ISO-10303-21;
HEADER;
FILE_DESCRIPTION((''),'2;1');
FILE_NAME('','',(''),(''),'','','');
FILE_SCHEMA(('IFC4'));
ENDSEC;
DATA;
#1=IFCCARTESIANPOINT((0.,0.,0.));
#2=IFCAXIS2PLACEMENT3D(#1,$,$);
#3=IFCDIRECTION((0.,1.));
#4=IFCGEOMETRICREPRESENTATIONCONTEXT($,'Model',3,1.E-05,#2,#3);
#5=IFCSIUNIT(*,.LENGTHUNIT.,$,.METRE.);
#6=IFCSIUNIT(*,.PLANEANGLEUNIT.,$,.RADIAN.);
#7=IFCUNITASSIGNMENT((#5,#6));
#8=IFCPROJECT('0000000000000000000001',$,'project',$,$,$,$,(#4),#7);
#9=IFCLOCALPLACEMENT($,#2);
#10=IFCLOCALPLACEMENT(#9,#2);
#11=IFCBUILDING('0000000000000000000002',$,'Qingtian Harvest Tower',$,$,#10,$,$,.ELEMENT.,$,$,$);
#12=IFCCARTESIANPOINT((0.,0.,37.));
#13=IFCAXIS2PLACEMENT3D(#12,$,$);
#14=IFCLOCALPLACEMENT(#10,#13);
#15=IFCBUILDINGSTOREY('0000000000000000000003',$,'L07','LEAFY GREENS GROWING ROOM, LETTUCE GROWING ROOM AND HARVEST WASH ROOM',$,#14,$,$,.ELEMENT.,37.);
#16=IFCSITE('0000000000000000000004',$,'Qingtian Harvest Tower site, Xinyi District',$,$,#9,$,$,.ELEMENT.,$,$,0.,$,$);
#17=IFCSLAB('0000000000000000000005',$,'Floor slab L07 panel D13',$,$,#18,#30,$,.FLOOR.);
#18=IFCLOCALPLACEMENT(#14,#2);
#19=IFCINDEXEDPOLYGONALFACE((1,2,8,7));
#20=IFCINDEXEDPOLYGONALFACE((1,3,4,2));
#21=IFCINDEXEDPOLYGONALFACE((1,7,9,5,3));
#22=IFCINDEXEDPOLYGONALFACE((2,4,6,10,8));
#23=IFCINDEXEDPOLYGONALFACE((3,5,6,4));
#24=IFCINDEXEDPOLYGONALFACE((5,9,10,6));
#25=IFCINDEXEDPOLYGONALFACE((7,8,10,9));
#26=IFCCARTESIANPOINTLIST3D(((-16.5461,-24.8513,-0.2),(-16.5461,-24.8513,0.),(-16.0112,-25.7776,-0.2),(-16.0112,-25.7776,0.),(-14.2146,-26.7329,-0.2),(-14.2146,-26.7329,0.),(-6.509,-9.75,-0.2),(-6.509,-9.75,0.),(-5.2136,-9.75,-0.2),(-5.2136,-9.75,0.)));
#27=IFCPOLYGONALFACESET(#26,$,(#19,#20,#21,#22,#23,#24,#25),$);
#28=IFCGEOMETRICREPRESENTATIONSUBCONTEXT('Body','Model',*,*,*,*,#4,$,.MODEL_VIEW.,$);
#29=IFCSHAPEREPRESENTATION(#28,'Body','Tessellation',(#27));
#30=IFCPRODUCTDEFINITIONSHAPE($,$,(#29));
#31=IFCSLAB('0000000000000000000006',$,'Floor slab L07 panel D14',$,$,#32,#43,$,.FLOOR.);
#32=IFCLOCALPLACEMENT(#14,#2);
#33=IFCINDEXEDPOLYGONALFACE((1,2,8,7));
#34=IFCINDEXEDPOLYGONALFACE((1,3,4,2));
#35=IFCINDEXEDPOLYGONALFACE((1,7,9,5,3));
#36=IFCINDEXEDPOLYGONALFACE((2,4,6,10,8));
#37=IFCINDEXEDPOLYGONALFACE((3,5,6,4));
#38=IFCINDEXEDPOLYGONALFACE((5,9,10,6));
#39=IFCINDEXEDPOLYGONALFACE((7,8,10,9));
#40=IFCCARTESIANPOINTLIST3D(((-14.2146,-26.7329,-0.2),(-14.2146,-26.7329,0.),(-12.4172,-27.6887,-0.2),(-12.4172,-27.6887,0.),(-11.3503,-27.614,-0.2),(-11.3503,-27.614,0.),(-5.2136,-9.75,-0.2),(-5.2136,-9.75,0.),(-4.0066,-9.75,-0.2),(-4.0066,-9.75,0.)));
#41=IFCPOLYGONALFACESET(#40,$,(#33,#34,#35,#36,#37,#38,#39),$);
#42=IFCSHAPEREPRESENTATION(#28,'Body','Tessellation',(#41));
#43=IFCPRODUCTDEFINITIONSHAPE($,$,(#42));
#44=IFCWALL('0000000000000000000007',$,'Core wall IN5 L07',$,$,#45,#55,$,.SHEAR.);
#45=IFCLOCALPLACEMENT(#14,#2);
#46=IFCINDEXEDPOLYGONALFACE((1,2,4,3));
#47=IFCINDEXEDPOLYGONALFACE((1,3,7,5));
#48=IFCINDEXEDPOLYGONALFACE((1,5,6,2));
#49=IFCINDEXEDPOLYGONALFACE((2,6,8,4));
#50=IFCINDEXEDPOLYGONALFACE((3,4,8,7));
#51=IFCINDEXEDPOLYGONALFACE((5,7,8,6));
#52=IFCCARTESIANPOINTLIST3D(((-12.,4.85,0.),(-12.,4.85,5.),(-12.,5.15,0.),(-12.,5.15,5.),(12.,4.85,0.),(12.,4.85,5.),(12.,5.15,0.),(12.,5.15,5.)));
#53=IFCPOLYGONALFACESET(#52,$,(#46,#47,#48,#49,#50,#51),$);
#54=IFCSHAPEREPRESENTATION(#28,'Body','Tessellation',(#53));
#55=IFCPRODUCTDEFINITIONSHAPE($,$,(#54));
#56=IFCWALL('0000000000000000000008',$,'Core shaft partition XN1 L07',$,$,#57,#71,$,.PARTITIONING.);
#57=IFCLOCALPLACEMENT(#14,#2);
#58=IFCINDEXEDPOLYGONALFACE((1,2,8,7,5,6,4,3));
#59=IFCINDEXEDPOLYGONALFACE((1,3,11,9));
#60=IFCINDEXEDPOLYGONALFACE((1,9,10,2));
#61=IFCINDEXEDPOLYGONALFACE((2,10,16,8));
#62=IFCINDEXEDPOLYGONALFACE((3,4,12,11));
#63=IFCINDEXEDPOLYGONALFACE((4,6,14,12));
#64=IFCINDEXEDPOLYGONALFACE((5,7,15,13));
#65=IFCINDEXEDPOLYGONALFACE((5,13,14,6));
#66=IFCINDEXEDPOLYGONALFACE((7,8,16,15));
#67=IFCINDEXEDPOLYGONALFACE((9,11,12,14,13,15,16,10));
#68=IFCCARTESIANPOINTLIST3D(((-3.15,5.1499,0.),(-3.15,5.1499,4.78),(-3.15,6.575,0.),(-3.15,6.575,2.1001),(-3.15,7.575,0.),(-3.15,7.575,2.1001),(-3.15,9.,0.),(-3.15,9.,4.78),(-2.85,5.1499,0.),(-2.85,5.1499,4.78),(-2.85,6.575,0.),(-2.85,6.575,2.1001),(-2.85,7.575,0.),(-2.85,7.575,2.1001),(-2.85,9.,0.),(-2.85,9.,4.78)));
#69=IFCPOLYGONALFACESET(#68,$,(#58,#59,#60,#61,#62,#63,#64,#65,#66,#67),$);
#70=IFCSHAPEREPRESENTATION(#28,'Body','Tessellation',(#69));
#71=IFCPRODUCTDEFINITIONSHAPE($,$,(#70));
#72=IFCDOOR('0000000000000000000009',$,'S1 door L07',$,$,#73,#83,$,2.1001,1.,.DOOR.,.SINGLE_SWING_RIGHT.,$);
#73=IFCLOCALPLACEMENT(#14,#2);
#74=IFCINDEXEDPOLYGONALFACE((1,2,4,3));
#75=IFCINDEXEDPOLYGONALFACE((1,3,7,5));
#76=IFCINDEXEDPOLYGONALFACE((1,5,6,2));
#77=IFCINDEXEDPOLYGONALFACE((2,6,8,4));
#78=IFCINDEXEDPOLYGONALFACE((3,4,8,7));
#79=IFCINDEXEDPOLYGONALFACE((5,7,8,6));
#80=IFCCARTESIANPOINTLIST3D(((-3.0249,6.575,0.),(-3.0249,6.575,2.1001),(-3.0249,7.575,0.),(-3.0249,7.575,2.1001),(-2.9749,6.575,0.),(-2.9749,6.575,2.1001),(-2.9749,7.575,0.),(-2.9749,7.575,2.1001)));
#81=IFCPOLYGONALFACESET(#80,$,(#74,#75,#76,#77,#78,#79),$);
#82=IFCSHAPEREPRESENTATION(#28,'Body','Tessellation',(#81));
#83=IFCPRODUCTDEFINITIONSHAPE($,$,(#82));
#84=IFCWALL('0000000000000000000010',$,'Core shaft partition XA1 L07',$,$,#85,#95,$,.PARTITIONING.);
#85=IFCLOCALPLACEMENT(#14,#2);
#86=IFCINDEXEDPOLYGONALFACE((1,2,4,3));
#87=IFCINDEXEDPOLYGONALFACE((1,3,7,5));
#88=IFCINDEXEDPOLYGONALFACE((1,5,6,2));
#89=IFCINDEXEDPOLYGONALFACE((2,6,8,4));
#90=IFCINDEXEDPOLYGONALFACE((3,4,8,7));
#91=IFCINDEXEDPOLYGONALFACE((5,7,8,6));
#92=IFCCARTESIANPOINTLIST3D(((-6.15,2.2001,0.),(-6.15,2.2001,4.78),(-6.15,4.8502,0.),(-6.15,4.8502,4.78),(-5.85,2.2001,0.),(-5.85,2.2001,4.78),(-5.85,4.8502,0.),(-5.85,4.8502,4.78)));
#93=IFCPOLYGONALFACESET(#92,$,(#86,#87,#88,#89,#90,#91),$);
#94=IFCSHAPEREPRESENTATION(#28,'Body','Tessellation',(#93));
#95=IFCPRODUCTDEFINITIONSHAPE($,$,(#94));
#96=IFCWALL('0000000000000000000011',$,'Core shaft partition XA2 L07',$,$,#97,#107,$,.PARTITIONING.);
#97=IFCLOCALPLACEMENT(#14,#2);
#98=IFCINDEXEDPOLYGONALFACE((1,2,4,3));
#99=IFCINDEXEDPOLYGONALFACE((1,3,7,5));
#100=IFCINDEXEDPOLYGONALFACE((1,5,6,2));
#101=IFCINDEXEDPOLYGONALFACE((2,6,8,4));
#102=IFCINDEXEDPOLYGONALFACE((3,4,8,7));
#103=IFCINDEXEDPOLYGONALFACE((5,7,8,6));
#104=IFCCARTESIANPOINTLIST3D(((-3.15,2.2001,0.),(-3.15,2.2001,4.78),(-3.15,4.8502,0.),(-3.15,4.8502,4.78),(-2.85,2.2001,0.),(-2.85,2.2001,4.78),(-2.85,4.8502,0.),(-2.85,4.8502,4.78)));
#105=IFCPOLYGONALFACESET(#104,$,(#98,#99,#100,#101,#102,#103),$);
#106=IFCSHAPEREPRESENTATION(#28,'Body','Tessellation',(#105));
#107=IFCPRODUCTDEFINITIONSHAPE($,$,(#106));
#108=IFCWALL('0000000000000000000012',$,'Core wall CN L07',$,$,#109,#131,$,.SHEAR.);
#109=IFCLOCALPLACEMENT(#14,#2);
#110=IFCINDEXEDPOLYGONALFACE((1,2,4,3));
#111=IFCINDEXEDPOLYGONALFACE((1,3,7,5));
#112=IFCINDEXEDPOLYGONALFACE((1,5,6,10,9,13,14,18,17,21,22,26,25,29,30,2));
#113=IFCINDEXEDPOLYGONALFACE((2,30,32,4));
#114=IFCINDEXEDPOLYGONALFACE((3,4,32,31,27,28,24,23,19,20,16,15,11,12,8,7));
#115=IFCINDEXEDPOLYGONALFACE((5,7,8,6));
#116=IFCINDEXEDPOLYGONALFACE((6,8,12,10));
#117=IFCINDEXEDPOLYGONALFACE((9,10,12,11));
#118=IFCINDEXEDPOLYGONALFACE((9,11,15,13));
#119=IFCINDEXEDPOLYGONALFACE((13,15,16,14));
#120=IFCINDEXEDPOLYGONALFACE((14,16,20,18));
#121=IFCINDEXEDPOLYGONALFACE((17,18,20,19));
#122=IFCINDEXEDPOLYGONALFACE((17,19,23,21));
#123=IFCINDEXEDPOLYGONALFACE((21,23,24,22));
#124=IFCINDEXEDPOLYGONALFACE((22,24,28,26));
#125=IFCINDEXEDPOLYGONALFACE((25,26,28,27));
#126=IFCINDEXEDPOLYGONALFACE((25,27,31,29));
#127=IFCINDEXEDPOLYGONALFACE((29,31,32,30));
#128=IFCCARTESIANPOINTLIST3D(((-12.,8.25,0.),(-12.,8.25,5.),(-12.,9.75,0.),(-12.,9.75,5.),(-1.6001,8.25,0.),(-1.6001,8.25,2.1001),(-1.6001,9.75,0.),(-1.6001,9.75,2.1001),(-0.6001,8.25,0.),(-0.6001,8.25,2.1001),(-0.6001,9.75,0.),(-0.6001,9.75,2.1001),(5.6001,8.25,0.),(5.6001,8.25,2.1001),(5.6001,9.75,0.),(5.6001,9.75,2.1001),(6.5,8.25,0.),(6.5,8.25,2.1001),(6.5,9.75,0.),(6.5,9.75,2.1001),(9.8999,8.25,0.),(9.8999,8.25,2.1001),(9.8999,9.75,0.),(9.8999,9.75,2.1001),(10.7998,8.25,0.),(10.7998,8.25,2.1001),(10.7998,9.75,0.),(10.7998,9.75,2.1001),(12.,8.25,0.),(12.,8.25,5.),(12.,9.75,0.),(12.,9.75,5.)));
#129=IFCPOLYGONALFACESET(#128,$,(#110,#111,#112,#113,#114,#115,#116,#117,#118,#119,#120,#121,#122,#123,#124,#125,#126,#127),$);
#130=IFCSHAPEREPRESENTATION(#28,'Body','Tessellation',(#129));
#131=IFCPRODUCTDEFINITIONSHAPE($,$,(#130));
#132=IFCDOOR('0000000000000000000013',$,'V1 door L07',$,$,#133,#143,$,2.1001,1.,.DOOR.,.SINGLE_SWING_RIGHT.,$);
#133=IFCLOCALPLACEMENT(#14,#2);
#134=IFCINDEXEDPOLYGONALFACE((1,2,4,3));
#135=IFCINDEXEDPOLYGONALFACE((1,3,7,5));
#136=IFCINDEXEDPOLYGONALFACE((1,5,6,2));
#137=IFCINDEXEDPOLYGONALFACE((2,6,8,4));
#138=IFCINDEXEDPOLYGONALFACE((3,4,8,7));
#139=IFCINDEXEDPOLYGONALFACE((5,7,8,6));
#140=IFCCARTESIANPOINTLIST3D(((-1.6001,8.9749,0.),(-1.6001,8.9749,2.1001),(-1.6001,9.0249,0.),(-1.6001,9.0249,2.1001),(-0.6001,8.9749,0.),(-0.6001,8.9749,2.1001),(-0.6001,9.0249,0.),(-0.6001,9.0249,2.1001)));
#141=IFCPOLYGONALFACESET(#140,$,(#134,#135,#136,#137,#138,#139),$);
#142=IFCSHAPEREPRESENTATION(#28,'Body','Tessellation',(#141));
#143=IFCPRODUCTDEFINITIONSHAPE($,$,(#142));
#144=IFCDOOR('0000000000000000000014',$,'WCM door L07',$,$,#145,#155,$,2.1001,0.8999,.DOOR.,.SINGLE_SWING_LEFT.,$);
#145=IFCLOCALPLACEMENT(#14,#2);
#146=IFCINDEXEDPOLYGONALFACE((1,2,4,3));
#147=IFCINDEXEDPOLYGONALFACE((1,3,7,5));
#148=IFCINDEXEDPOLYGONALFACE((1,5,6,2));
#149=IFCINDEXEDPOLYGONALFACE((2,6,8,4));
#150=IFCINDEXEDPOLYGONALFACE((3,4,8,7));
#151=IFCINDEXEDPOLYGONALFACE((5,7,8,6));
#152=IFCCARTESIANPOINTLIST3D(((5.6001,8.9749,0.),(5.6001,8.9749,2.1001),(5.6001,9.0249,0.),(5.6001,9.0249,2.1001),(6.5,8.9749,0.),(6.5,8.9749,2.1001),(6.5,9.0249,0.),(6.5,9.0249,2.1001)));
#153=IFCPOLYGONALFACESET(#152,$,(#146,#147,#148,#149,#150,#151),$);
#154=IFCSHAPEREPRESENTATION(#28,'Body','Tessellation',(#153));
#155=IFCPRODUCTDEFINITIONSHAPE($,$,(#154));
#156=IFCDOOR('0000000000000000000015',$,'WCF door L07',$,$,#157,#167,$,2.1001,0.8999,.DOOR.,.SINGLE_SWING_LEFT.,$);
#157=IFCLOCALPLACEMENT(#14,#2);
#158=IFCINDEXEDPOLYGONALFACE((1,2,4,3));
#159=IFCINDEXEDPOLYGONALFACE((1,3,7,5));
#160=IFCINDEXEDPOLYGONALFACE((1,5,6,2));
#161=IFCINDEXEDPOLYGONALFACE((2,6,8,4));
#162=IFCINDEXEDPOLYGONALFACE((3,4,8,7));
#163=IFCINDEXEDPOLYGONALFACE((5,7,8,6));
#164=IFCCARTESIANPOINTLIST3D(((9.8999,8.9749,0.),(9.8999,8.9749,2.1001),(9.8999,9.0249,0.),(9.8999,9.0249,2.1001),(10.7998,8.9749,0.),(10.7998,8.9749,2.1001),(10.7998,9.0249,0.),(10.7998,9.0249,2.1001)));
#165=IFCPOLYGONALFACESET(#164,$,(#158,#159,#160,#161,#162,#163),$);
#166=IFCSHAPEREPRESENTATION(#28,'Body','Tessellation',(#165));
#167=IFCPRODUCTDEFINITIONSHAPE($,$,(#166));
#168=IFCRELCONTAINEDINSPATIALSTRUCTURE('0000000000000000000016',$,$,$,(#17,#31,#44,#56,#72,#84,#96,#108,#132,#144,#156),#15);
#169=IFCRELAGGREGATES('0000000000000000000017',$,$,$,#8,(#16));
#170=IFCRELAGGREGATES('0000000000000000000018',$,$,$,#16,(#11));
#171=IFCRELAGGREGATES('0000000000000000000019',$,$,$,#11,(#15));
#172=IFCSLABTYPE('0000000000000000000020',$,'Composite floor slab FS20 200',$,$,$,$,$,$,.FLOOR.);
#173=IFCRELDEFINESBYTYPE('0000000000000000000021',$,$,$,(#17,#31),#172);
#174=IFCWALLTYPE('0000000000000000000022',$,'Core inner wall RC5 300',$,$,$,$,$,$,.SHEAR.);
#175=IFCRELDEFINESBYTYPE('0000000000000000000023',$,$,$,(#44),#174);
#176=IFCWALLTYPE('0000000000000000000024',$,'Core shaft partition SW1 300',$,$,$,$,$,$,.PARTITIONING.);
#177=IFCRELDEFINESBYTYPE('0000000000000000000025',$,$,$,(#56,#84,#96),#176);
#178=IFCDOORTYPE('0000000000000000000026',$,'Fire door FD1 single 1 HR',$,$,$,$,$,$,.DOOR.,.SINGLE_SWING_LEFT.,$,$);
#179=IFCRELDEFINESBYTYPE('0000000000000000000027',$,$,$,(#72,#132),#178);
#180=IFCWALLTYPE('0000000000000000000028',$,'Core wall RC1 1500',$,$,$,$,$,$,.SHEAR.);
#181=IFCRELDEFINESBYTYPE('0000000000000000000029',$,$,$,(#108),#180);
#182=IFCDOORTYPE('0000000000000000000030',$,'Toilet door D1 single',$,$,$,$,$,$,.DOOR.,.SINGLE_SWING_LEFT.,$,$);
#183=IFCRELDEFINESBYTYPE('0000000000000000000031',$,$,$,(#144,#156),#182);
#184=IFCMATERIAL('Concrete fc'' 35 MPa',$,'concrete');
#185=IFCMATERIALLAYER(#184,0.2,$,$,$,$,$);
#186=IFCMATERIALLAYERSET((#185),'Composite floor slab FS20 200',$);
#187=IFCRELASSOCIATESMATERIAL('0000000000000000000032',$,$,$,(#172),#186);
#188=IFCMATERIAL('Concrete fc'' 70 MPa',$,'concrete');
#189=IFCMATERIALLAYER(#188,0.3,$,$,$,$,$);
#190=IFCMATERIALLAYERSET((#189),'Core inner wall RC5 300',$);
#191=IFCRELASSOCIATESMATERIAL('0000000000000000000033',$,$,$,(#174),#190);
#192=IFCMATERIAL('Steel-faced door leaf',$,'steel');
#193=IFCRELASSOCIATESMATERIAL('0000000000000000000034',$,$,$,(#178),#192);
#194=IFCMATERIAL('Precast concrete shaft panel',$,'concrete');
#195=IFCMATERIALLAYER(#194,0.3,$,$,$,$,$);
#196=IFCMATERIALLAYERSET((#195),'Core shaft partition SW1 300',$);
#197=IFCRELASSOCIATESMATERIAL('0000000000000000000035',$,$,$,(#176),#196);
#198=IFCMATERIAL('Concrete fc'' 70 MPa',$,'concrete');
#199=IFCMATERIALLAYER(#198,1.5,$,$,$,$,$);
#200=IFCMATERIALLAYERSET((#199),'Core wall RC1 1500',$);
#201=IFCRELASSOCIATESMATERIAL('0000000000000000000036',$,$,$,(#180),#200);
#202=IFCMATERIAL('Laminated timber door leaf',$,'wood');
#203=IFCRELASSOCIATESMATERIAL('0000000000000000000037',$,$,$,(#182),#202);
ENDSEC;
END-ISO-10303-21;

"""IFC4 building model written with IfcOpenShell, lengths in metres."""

from ifc_helpers import new_model, si_unit, direction, frame, frame_2d, origin, place, context, subcontext, project, spatial, polyline, rectangle, outline, extrude, material, layer, layer_set, type_object, element, fill, save


model = new_model("IFC4")

# Units and contexts
model_context = context("Model", 3, precision=1e-05, world=origin(), true_north=direction((0.0, 1.0)))
body_context = subcontext(model_context, "Body", "Model", "MODEL_VIEW")
ifc_project = project(units=[si_unit("LENGTHUNIT", "METRE"), si_unit("PLANEANGLEUNIT", "RADIAN")], contexts=[model_context])

# Site, building, storey
site_placement = place(None, origin())
site = spatial("IfcSite", under=ifc_project, at=site_placement, Name="Qingtian Harvest Tower site, Xinyi District", CompositionType="ELEMENT", RefElevation=0.0)
building_placement = place(site_placement, origin())
building = spatial("IfcBuilding", under=site, at=building_placement, Name="Qingtian Harvest Tower", CompositionType="ELEMENT")
storey_placement = place(building_placement, frame((0.0, 0.0, 37.0)))
storey = spatial("IfcBuildingStorey", under=building, at=storey_placement, Name="L07", Description="LEAFY GREENS GROWING ROOM, LETTUCE GROWING ROOM AND HARVEST WASH ROOM", CompositionType="ELEMENT", Elevation=37.0)

# Slabs
ifc_material_1 = material(Name="Concrete fc' 35 MPa", Category="concrete")
ifc_layer_1 = layer(ifc_material_1, 0.2)
ifc_layer_set_1 = layer_set([ifc_layer_1], Name="Composite floor slab FS20 200")
slab_type = type_object("IfcSlabType", Name="Composite floor slab FS20 200", PredefinedType="FLOOR", material=ifc_layer_set_1)
slab_1_placement = place(storey_placement, frame((0.0, 0.0, -0.2)))
element("IfcSlab", 1, at=slab_1_placement, inside=storey, type_object=slab_type, Name="Floor slab L07 panel D13", PredefinedType="FLOOR", context=body_context, shape_type="SweptSolid", body=[
    extrude(outline(polyline([(-6.509, -9.75), (-5.2136, -9.75), (-14.2146, -26.7329), (-16.0112, -25.7776), (-16.5461, -24.8513), (-6.509, -9.75)])), origin(), (0.0, 0.0, 1.0), 0.2),
])
slab_2_placement = place(storey_placement, frame((0.0, 0.0, -0.2)))
element("IfcSlab", 2, at=slab_2_placement, inside=storey, type_object=slab_type, Name="Floor slab L07 panel D14", PredefinedType="FLOOR", context=body_context, shape_type="SweptSolid", body=[
    extrude(outline(polyline([(-5.2136, -9.75), (-4.0066, -9.75), (-11.3503, -27.614), (-12.4172, -27.6887), (-14.2146, -26.7329), (-5.2136, -9.75)])), origin(), (0.0, 0.0, 1.0), 0.2),
])

# Wall
ifc_material_2 = material(Name="Concrete fc' 70 MPa", Category="concrete")
ifc_layer_2 = layer(ifc_material_2, 0.3)
ifc_layer_set_2 = layer_set([ifc_layer_2], Name="Core inner wall RC5 300")
wall_type_1 = type_object("IfcWallType", Name="Core inner wall RC5 300", PredefinedType="SHEAR", material=ifc_layer_set_2)
wall_1_placement = place(storey_placement, frame((-12.0, 5.0, 0.0), z_axis=(0.0, 0.0, 1.0), x_axis=(1.0, 0.0, 0.0)))
element("IfcWall", 3, at=wall_1_placement, inside=storey, type_object=wall_type_1, Name="Core wall IN5 L07", PredefinedType="SHEAR", context=body_context, shape_type="SweptSolid", body=[
    extrude(rectangle(XDim=24.0, YDim=0.3, at=frame_2d((12.0, 0.0))), origin(), (0.0, 0.0, 1.0), 5.0),
])

# Shared definitions
ifc_material_3 = material(Name="Steel-faced door leaf", Category="steel")
door_type_1 = type_object("IfcDoorType", Name="Fire door FD1 single 1 HR", OperationType="SINGLE_SWING_LEFT", PredefinedType="DOOR", material=ifc_material_3)

# Wall, opening, door
ifc_material_4 = material(Name="Precast concrete shaft panel", Category="concrete")
ifc_layer_3 = layer(ifc_material_4, 0.3)
ifc_layer_set_3 = layer_set([ifc_layer_3], Name="Core shaft partition SW1 300")
wall_type_2 = type_object("IfcWallType", Name="Core shaft partition SW1 300", PredefinedType="PARTITIONING", material=ifc_layer_set_3)
wall_2_placement = place(storey_placement, frame((-3.0, 5.1499, 0.0), z_axis=(0.0, 0.0, 1.0), x_axis=(0.0, 1.0, 0.0)))
wall_2 = element("IfcWall", 4, at=wall_2_placement, inside=storey, type_object=wall_type_2, Name="Core shaft partition XN1 L07", PredefinedType="PARTITIONING", context=body_context, shape_type="SweptSolid", body=[
    extrude(rectangle(XDim=3.8501, YDim=0.3, at=frame_2d((1.925, 0.0))), origin(), (0.0, 0.0, 1.0), 4.78),
])
opening_1_placement = place(wall_2_placement, frame((1.425, 0.0, 0.0)))
opening_1 = element("IfcOpeningElement", 5, at=opening_1_placement, cuts=wall_2, PredefinedType="OPENING", context=body_context, shape_type="SweptSolid", body=[
    extrude(rectangle(XDim=1.0, YDim=2.1001, at=frame_2d((0.5, 1.05))), frame((0.0, 0.1599, 0.0), z_axis=(0.0, -1.0, 0.0), x_axis=(1.0, 0.0, 0.0)), (0.0, 0.0, 1.0), 0.3201),
])
door_1_placement = place(opening_1_placement, origin())
door_1 = element("IfcDoor", 6, at=door_1_placement, inside=storey, type_object=door_type_1, Name="S1 door L07", OperationType="SINGLE_SWING_RIGHT", OverallHeight=2.1001, OverallWidth=1.0, PredefinedType="DOOR", context=body_context, shape_type="SweptSolid", body=[
    extrude(rectangle(XDim=1.0, YDim=2.1001, at=frame_2d((0.5, 1.05))), frame((0.0, 0.0249, 0.0), z_axis=(0.0, -1.0, 0.0), x_axis=(1.0, 0.0, 0.0)), (0.0, 0.0, 1.0), 0.05),
])
fill(opening_1, door_1)

# Walls
for number, where, z_axis, x_axis, name in (
    (7, (-6.0, 2.2, 0.0), (0.0, 0.0, 1.0), (0.0, 1.0, 0.0), "Core shaft partition XA1 L07"),
    (8, (-3.0, 2.2, 0.0), (0.0, 0.0, 1.0), (0.0, 1.0, 0.0), "Core shaft partition XA2 L07"),
):
    element("IfcWall", number, at=place(storey_placement, frame(where, z_axis=z_axis, x_axis=x_axis)), inside=storey, type_object=wall_type_2, Name=name, PredefinedType="PARTITIONING", context=body_context, shape_type="SweptSolid", body=[
        extrude(rectangle(XDim=2.6501, YDim=0.3, at=frame_2d((1.3252, 0.0))), origin(), (0.0, 0.0, 1.0), 4.78),
    ])

# Wall, openings, doors
ifc_material_5 = material(Name="Concrete fc' 70 MPa", Category="concrete")
ifc_layer_4 = layer(ifc_material_5, 1.5)
ifc_layer_set_4 = layer_set([ifc_layer_4], Name="Core wall RC1 1500")
wall_type_3 = type_object("IfcWallType", Name="Core wall RC1 1500", PredefinedType="SHEAR", material=ifc_layer_set_4)
wall_3_placement = place(storey_placement, frame((-12.0, 9.0, 0.0), z_axis=(0.0, 0.0, 1.0), x_axis=(1.0, 0.0, 0.0)))
wall_3 = element("IfcWall", 9, at=wall_3_placement, inside=storey, type_object=wall_type_3, Name="Core wall CN L07", PredefinedType="SHEAR", context=body_context, shape_type="SweptSolid", body=[
    extrude(rectangle(XDim=24.0, YDim=1.5, at=frame_2d((12.0, 0.0))), origin(), (0.0, 0.0, 1.0), 5.0),
])
opening_2_placement = place(wall_3_placement, frame((10.3999, 0.0, 0.0)))
opening_2 = element("IfcOpeningElement", 10, at=opening_2_placement, cuts=wall_3, PredefinedType="OPENING", context=body_context, shape_type="SweptSolid", body=[
    extrude(rectangle(XDim=1.0, YDim=2.1001, at=frame_2d((0.5, 1.05))), frame((0.0, 0.76, 0.0), z_axis=(0.0, -1.0, 0.0), x_axis=(1.0, 0.0, 0.0)), (0.0, 0.0, 1.0), 1.52),
])
opening_3_placement = place(wall_3_placement, frame((17.6001, 0.0, 0.0)))
opening_3 = element("IfcOpeningElement", 11, at=opening_3_placement, cuts=wall_3, PredefinedType="OPENING", context=body_context, shape_type="SweptSolid", body=[
    extrude(rectangle(XDim=0.8999, YDim=2.1001, at=frame_2d((0.45, 1.05))), frame((0.0, 0.76, 0.0), z_axis=(0.0, -1.0, 0.0), x_axis=(1.0, 0.0, 0.0)), (0.0, 0.0, 1.0), 1.52),
])
opening_4_placement = place(wall_3_placement, frame((21.8999, 0.0, 0.0)))
opening_4 = element("IfcOpeningElement", 12, at=opening_4_placement, cuts=wall_3, PredefinedType="OPENING", context=body_context, shape_type="SweptSolid", body=[
    extrude(rectangle(XDim=0.8999, YDim=2.1001, at=frame_2d((0.45, 1.05))), frame((0.0, 0.76, 0.0), z_axis=(0.0, -1.0, 0.0), x_axis=(1.0, 0.0, 0.0)), (0.0, 0.0, 1.0), 1.52),
])
door_2_placement = place(opening_2_placement, origin())
door_2 = element("IfcDoor", 13, at=door_2_placement, inside=storey, type_object=door_type_1, Name="V1 door L07", OperationType="SINGLE_SWING_RIGHT", OverallHeight=2.1001, OverallWidth=1.0, PredefinedType="DOOR", context=body_context, shape_type="SweptSolid", body=[
    extrude(rectangle(XDim=1.0, YDim=2.1001, at=frame_2d((0.5, 1.05))), frame((0.0, 0.0249, 0.0), z_axis=(0.0, -1.0, 0.0), x_axis=(1.0, 0.0, 0.0)), (0.0, 0.0, 1.0), 0.05),
])
fill(opening_2, door_2)
ifc_material_6 = material(Name="Laminated timber door leaf", Category="wood")
door_type_2 = type_object("IfcDoorType", Name="Toilet door D1 single", OperationType="SINGLE_SWING_LEFT", PredefinedType="DOOR", material=ifc_material_6)
door_3_placement = place(opening_3_placement, origin())
door_3 = element("IfcDoor", 14, at=door_3_placement, inside=storey, type_object=door_type_2, Name="WCM door L07", OperationType="SINGLE_SWING_LEFT", OverallHeight=2.1001, OverallWidth=0.8999, PredefinedType="DOOR", context=body_context, shape_type="SweptSolid", body=[
    extrude(rectangle(XDim=0.8999, YDim=2.1001, at=frame_2d((0.45, 1.05))), frame((0.0, 0.0249, 0.0), z_axis=(0.0, -1.0, 0.0), x_axis=(1.0, 0.0, 0.0)), (0.0, 0.0, 1.0), 0.05),
])
fill(opening_3, door_3)
door_4_placement = place(opening_4_placement, origin())
door_4 = element("IfcDoor", 15, at=door_4_placement, inside=storey, type_object=door_type_2, Name="WCF door L07", OperationType="SINGLE_SWING_LEFT", OverallHeight=2.1001, OverallWidth=0.8999, PredefinedType="DOOR", context=body_context, shape_type="SweptSolid", body=[
    extrude(rectangle(XDim=0.8999, YDim=2.1001, at=frame_2d((0.45, 1.05))), frame((0.0, 0.0249, 0.0), z_axis=(0.0, -1.0, 0.0), x_axis=(1.0, 0.0, 0.0)), (0.0, 0.0, 1.0), 0.05),
])
fill(opening_4, door_4)

save(model, "model.ifc")
